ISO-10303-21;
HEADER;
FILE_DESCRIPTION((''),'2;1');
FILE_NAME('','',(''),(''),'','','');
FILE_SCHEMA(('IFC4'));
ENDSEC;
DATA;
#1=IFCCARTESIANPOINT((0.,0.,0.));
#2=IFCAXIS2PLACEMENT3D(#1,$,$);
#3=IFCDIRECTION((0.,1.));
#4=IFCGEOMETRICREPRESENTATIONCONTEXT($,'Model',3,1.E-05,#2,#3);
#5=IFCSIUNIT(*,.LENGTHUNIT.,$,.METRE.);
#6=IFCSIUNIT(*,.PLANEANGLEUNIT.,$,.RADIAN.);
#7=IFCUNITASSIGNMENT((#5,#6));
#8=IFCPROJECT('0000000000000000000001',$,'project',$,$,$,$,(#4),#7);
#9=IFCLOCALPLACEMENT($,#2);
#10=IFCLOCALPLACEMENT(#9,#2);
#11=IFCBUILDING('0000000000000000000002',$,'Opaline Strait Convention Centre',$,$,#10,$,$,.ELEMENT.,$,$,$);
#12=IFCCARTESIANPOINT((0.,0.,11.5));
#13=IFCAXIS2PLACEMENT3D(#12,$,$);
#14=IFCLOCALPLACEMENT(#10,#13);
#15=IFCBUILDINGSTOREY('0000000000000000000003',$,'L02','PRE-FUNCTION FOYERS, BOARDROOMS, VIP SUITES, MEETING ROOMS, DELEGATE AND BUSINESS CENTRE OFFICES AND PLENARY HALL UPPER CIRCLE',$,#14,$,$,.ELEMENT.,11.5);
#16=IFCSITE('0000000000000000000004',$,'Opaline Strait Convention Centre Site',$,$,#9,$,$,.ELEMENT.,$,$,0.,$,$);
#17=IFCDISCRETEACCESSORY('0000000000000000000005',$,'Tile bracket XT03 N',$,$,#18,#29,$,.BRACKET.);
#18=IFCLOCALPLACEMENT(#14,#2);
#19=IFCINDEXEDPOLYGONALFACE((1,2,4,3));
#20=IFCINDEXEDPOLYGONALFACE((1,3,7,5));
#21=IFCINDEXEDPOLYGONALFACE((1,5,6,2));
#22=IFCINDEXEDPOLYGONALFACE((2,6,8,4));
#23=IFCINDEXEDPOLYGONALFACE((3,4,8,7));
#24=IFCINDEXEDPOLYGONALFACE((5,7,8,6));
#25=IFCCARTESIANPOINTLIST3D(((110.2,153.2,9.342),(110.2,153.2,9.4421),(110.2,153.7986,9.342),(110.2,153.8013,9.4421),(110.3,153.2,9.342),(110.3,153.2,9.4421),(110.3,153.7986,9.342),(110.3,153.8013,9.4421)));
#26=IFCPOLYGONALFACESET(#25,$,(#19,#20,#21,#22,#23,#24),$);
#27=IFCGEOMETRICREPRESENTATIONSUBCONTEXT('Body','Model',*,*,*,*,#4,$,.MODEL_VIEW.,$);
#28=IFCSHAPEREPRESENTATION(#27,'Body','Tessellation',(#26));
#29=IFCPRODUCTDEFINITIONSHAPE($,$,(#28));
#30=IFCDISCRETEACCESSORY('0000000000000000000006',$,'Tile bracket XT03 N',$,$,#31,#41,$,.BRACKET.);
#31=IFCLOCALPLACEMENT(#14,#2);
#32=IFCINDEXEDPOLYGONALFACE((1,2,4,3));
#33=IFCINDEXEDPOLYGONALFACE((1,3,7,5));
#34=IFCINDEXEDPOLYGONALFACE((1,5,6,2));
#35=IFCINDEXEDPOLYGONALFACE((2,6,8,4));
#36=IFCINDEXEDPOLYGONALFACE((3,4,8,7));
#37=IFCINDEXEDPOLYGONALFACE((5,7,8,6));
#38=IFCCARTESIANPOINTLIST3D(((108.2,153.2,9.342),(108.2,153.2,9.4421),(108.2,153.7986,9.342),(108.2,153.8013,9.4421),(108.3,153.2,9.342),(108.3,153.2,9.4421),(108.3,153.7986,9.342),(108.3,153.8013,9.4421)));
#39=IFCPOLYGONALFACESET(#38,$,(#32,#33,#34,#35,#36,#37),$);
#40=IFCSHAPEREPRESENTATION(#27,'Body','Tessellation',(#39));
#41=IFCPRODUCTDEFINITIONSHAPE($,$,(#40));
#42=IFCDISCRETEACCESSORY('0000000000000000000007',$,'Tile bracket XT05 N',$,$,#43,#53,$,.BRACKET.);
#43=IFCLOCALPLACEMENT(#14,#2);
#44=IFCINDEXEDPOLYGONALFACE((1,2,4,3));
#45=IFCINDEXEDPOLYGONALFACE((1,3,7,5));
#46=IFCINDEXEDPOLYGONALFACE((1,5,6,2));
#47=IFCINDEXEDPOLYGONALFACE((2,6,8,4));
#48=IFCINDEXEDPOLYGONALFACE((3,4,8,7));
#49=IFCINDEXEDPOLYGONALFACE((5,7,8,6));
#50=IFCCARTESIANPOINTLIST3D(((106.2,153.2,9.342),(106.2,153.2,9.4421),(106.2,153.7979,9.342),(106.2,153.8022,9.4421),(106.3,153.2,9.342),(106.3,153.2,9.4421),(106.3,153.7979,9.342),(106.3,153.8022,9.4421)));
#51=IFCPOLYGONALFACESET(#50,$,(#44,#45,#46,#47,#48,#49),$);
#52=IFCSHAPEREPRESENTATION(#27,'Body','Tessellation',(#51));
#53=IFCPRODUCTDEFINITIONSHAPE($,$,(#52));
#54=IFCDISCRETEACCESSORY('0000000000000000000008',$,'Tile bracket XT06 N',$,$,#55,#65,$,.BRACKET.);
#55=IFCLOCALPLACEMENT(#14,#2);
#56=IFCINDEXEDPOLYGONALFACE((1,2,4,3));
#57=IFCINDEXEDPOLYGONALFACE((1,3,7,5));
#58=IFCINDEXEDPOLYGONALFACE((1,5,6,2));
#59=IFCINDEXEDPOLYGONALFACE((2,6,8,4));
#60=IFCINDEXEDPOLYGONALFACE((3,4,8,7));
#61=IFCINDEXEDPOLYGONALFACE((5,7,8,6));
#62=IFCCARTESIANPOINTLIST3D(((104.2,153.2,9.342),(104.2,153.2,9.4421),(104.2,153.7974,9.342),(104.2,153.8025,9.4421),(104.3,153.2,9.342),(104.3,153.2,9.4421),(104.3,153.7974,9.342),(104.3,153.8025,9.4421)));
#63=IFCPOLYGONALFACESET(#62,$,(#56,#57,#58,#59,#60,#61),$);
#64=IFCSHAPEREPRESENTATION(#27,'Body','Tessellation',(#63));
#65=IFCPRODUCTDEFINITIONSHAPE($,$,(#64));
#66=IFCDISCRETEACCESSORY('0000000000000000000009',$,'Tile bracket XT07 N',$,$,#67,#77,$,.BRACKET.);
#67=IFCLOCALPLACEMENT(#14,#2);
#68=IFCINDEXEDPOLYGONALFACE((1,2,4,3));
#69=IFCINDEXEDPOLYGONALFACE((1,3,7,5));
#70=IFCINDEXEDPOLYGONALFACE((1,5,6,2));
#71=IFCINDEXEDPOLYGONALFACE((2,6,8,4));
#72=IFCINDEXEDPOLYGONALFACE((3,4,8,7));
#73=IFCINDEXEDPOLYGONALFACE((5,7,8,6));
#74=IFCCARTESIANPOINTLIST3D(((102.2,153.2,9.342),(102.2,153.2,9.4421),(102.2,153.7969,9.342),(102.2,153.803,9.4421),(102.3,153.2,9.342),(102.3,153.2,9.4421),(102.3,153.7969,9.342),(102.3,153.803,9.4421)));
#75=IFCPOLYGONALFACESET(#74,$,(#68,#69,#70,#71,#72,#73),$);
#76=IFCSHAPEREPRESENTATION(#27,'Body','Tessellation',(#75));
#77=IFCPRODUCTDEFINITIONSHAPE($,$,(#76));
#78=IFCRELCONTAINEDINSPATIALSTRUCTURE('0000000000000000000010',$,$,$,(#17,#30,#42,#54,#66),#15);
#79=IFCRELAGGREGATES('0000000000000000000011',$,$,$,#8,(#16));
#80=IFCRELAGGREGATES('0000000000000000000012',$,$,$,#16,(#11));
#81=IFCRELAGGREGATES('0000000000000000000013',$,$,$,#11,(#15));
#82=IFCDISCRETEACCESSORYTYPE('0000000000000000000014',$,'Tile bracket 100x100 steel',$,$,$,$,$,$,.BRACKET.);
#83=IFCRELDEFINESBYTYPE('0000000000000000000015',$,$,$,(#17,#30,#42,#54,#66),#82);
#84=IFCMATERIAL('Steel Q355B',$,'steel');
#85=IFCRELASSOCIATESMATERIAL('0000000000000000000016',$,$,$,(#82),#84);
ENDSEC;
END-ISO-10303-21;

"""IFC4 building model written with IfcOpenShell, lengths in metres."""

from ifc_helpers import new_model, si_unit, direction, frame, origin, place, context, subcontext, project, spatial, polyline, outline, extrude, material, type_object, element, save


model = new_model("IFC4")

# Units and contexts
model_context = context("Model", 3, precision=1e-05, world=origin(), true_north=direction((0.0, 1.0)))
body_context = subcontext(model_context, "Body", "Model", "MODEL_VIEW")
ifc_project = project(units=[si_unit("LENGTHUNIT", "METRE"), si_unit("PLANEANGLEUNIT", "RADIAN")], contexts=[model_context])

# Site, building, storey
site_placement = place(None, origin())
site = spatial("IfcSite", under=ifc_project, at=site_placement, Name="Opaline Strait Convention Centre Site", CompositionType="ELEMENT", RefElevation=0.0)
building_placement = place(site_placement, origin())
building = spatial("IfcBuilding", under=site, at=building_placement, Name="Opaline Strait Convention Centre", CompositionType="ELEMENT")
storey_placement = place(building_placement, frame((0.0, 0.0, 11.5)))
storey = spatial("IfcBuildingStorey", under=building, at=storey_placement, Name="L02", Description="PRE-FUNCTION FOYERS, BOARDROOMS, VIP SUITES, MEETING ROOMS, DELEGATE AND BUSINESS CENTRE OFFICES AND PLENARY HALL UPPER CIRCLE", CompositionType="ELEMENT", Elevation=11.5)

# Shared definitions
ifc_material_1 = material(Name="Steel Q355B", Category="steel")

# Discrete accessories
discrete_accessory_type = type_object("IfcDiscreteAccessoryType", Name="Tile bracket 100x100 steel", PredefinedType="BRACKET", material=ifc_material_1)
for number, where, z_axis, x_axis, name in (
    (1, (110.3, 153.2, 9.3921), (-1.0, 0.0, 0.0), (0.0, -1.0, 0.0), "Tile bracket XT03 N"),
    (2, (108.3, 153.2, 9.3921), (-1.0, 0.0, 0.0), (0.0, -1.0, 0.0), "Tile bracket XT03 N"),
):
    element("IfcDiscreteAccessory", number, at=place(storey_placement, frame(where, z_axis=z_axis, x_axis=x_axis)), inside=storey, type_object=discrete_accessory_type, Name=name, PredefinedType="BRACKET", context=body_context, shape_type="SweptSolid", body=[
        extrude(outline(polyline([(0.0, -0.05), (0.0, 0.05), (-0.6013, 0.05), (-0.5986, -0.05), (0.0, -0.05)])), origin(), (0.0, 0.0, 1.0), 0.1001),
    ])
discrete_accessory_1_placement = place(storey_placement, frame((106.3, 153.2, 9.3921), z_axis=(-1.0, 0.0, 0.0), x_axis=(0.0, -1.0, 0.0)))
element("IfcDiscreteAccessory", 3, at=discrete_accessory_1_placement, inside=storey, type_object=discrete_accessory_type, Name="Tile bracket XT05 N", PredefinedType="BRACKET", context=body_context, shape_type="SweptSolid", body=[
    extrude(outline(polyline([(0.0, -0.05), (0.0, 0.05), (-0.6023, 0.05), (-0.5979, -0.05), (0.0, -0.05)])), origin(), (0.0, 0.0, 1.0), 0.1001),
])
discrete_accessory_2_placement = place(storey_placement, frame((104.3, 153.2, 9.3921), z_axis=(-1.0, 0.0, 0.0), x_axis=(0.0, -1.0, 0.0)))
element("IfcDiscreteAccessory", 4, at=discrete_accessory_2_placement, inside=storey, type_object=discrete_accessory_type, Name="Tile bracket XT06 N", PredefinedType="BRACKET", context=body_context, shape_type="SweptSolid", body=[
    extrude(outline(polyline([(0.0, -0.05), (0.0, 0.05), (-0.6025, 0.05), (-0.5974, -0.05), (0.0, -0.05)])), origin(), (0.0, 0.0, 1.0), 0.1001),
])
discrete_accessory_3_placement = place(storey_placement, frame((102.3, 153.2, 9.3921), z_axis=(-1.0, 0.0, 0.0), x_axis=(0.0, -1.0, 0.0)))
element("IfcDiscreteAccessory", 5, at=discrete_accessory_3_placement, inside=storey, type_object=discrete_accessory_type, Name="Tile bracket XT07 N", PredefinedType="BRACKET", context=body_context, shape_type="SweptSolid", body=[
    extrude(outline(polyline([(0.0, -0.05), (0.0, 0.05), (-0.603, 0.05), (-0.5969, -0.05), (0.0, -0.05)])), origin(), (0.0, 0.0, 1.0), 0.1001),
])

save(model, "model.ifc")
